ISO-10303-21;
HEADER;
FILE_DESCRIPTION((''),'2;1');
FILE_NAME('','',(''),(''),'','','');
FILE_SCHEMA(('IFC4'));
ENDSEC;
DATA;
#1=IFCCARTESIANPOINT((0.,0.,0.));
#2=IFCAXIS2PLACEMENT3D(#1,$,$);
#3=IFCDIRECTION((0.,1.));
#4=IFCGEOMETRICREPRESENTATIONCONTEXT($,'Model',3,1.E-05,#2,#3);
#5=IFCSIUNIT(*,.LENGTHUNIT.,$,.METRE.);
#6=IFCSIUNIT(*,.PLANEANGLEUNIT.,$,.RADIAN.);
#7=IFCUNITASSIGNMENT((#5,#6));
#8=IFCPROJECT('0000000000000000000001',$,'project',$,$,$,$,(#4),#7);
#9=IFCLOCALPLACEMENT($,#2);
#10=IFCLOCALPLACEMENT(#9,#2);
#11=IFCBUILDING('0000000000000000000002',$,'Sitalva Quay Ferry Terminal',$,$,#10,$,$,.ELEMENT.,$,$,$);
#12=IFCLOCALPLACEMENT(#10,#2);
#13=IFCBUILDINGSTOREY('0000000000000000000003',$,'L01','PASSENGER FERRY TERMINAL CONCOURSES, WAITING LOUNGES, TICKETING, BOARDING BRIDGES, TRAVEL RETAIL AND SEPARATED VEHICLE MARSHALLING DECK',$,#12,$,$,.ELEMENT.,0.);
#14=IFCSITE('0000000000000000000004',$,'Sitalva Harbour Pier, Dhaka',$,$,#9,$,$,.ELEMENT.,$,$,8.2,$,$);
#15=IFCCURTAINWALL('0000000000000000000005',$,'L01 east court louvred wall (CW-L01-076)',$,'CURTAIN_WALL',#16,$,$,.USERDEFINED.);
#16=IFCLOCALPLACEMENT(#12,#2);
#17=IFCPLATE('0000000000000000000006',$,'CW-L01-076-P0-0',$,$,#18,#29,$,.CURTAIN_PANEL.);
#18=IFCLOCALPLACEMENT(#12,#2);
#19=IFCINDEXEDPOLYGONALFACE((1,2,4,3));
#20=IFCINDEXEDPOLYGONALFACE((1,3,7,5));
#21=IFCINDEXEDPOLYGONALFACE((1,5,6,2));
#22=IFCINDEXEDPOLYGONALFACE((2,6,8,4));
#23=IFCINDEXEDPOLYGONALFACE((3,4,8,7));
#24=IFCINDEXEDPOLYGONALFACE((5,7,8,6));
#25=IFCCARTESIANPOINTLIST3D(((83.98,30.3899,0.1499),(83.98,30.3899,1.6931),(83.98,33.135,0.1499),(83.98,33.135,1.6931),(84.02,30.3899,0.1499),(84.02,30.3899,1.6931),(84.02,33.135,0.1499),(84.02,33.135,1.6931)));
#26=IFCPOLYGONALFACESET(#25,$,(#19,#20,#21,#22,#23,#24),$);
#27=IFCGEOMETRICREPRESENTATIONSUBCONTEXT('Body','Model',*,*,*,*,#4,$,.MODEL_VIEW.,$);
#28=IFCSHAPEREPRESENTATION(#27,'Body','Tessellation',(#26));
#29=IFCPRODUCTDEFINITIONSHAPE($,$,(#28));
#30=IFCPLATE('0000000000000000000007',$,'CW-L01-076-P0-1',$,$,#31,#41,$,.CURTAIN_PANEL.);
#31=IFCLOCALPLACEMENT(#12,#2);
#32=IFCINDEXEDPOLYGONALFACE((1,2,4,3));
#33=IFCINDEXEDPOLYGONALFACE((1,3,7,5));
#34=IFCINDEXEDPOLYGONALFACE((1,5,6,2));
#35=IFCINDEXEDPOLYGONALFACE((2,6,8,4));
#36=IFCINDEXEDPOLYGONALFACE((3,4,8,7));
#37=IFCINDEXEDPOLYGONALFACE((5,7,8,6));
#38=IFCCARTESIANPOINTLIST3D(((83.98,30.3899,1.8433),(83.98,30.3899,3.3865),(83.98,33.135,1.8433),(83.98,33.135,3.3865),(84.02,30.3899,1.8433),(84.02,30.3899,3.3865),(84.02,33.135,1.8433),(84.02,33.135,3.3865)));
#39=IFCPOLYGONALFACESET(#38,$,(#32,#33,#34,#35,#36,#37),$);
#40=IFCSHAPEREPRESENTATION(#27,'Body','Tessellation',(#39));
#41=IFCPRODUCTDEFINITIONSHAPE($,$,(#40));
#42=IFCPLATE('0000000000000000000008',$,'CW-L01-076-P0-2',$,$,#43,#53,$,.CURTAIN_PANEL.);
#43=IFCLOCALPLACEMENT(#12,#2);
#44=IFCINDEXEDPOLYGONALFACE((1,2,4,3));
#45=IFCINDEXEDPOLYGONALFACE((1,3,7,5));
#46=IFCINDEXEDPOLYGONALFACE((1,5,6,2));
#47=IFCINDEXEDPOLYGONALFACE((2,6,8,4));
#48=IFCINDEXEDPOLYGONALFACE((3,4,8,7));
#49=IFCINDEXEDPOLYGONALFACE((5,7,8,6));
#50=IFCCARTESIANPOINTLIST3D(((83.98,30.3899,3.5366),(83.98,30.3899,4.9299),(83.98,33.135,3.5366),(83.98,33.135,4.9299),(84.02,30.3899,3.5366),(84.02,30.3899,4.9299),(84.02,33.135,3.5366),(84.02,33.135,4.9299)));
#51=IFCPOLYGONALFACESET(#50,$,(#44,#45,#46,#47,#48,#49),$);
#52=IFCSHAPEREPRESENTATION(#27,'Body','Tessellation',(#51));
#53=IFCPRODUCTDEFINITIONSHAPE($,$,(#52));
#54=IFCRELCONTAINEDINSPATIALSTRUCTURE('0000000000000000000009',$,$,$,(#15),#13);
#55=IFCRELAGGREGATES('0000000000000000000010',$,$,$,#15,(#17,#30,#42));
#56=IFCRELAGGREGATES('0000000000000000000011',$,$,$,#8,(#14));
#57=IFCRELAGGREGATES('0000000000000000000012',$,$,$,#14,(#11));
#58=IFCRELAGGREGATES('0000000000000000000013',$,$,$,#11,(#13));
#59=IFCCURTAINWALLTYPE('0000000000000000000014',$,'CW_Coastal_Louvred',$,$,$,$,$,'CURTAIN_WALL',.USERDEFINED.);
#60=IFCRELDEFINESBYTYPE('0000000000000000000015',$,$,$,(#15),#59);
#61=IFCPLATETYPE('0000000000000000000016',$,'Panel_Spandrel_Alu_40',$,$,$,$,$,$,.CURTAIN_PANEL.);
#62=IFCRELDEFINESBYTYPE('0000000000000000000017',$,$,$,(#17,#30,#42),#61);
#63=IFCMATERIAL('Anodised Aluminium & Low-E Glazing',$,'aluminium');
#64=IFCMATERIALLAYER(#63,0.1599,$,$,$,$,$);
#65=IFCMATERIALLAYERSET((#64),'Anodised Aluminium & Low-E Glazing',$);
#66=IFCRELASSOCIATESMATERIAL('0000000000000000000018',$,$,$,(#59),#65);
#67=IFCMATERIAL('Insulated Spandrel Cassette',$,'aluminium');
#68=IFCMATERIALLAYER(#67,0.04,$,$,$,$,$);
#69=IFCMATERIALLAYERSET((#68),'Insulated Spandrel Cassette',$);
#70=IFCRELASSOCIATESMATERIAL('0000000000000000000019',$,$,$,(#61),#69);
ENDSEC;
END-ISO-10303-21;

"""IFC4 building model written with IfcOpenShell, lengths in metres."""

from ifc_helpers import new_model, si_unit, direction, frame, origin, origin_2d, place, context, subcontext, project, spatial, rectangle, extrude, material, layer, layer_set, type_object, element, aggregate, save


model = new_model("IFC4")

# Units and contexts
model_context = context("Model", 3, precision=1e-05, world=origin(), true_north=direction((0.0, 1.0)))
body_context = subcontext(model_context, "Body", "Model", "MODEL_VIEW")
ifc_project = project(units=[si_unit("LENGTHUNIT", "METRE"), si_unit("PLANEANGLEUNIT", "RADIAN")], contexts=[model_context])

# Site, building, storey
site_placement = place(None, origin())
site = spatial("IfcSite", under=ifc_project, at=site_placement, Name="Sitalva Harbour Pier, Dhaka", CompositionType="ELEMENT", RefElevation=8.2)
building_placement = place(site_placement, origin())
building = spatial("IfcBuilding", under=site, at=building_placement, Name="Sitalva Quay Ferry Terminal", CompositionType="ELEMENT")
storey_placement = place(building_placement, origin())
storey = spatial("IfcBuildingStorey", under=building, at=storey_placement, Name="L01", Description="PASSENGER FERRY TERMINAL CONCOURSES, WAITING LOUNGES, TICKETING, BOARDING BRIDGES, TRAVEL RETAIL AND SEPARATED VEHICLE MARSHALLING DECK", CompositionType="ELEMENT", Elevation=0.0)

# Curtain wall
ifc_material_1 = material(Name="Anodised Aluminium & Low-E Glazing", Category="aluminium")
ifc_layer_1 = layer(ifc_material_1, 0.1599)
ifc_layer_set_1 = layer_set([ifc_layer_1], Name="Anodised Aluminium & Low-E Glazing")
curtain_wall_type_1 = type_object("IfcCurtainWallType", Name="CW_Coastal_Louvred", ElementType="CURTAIN_WALL", PredefinedType="USERDEFINED", material=ifc_layer_set_1)
curtain_wall_1_placement = place(storey_placement, origin())
curtain_wall_1 = element("IfcCurtainWall", 1, at=curtain_wall_1_placement, inside=storey, type_object=curtain_wall_type_1, Name="L01 east court louvred wall (CW-L01-076)", ObjectType="CURTAIN_WALL", PredefinedType="USERDEFINED")

# Plates
ifc_material_2 = material(Name="Insulated Spandrel Cassette", Category="aluminium")
ifc_layer_2 = layer(ifc_material_2, 0.04)
ifc_layer_set_2 = layer_set([ifc_layer_2], Name="Insulated Spandrel Cassette")
plate_type_1 = type_object("IfcPlateType", Name="Panel_Spandrel_Alu_40", PredefinedType="CURTAIN_PANEL", material=ifc_layer_set_2)
plate_1_placement = place(storey_placement, frame((84.0, 31.7625, 0.1499), z_axis=(0.0, 0.0, 1.0), x_axis=(0.0, 1.0, 0.0)))
plate_1 = element("IfcPlate", 2, at=plate_1_placement, type_object=plate_type_1, Name="CW-L01-076-P0-0", PredefinedType="CURTAIN_PANEL", context=body_context, shape_type="SweptSolid", body=[
    extrude(rectangle(XDim=2.7451, YDim=0.04, at=origin_2d()), origin(), (0.0, 0.0, 1.0), 1.5432),
])
plate_2_placement = place(storey_placement, frame((84.0, 31.7625, 1.8433), z_axis=(0.0, 0.0, 1.0), x_axis=(0.0, 1.0, 0.0)))
plate_2 = element("IfcPlate", 3, at=plate_2_placement, type_object=plate_type_1, Name="CW-L01-076-P0-1", PredefinedType="CURTAIN_PANEL", context=body_context, shape_type="SweptSolid", body=[
    extrude(rectangle(XDim=2.7451, YDim=0.04, at=origin_2d()), origin(), (0.0, 0.0, 1.0), 1.5432),
])
plate_3_placement = place(storey_placement, frame((84.0, 31.7625, 3.5366), z_axis=(0.0, 0.0, 1.0), x_axis=(0.0, 1.0, 0.0)))
plate_3 = element("IfcPlate", 4, at=plate_3_placement, type_object=plate_type_1, Name="CW-L01-076-P0-2", PredefinedType="CURTAIN_PANEL", context=body_context, shape_type="SweptSolid", body=[
    extrude(rectangle(XDim=2.7451, YDim=0.04, at=origin_2d()), origin(), (0.0, 0.0, 1.0), 1.3933),
])
aggregate(curtain_wall_1, [plate_1, plate_2, plate_3])

save(model, "model.ifc")
